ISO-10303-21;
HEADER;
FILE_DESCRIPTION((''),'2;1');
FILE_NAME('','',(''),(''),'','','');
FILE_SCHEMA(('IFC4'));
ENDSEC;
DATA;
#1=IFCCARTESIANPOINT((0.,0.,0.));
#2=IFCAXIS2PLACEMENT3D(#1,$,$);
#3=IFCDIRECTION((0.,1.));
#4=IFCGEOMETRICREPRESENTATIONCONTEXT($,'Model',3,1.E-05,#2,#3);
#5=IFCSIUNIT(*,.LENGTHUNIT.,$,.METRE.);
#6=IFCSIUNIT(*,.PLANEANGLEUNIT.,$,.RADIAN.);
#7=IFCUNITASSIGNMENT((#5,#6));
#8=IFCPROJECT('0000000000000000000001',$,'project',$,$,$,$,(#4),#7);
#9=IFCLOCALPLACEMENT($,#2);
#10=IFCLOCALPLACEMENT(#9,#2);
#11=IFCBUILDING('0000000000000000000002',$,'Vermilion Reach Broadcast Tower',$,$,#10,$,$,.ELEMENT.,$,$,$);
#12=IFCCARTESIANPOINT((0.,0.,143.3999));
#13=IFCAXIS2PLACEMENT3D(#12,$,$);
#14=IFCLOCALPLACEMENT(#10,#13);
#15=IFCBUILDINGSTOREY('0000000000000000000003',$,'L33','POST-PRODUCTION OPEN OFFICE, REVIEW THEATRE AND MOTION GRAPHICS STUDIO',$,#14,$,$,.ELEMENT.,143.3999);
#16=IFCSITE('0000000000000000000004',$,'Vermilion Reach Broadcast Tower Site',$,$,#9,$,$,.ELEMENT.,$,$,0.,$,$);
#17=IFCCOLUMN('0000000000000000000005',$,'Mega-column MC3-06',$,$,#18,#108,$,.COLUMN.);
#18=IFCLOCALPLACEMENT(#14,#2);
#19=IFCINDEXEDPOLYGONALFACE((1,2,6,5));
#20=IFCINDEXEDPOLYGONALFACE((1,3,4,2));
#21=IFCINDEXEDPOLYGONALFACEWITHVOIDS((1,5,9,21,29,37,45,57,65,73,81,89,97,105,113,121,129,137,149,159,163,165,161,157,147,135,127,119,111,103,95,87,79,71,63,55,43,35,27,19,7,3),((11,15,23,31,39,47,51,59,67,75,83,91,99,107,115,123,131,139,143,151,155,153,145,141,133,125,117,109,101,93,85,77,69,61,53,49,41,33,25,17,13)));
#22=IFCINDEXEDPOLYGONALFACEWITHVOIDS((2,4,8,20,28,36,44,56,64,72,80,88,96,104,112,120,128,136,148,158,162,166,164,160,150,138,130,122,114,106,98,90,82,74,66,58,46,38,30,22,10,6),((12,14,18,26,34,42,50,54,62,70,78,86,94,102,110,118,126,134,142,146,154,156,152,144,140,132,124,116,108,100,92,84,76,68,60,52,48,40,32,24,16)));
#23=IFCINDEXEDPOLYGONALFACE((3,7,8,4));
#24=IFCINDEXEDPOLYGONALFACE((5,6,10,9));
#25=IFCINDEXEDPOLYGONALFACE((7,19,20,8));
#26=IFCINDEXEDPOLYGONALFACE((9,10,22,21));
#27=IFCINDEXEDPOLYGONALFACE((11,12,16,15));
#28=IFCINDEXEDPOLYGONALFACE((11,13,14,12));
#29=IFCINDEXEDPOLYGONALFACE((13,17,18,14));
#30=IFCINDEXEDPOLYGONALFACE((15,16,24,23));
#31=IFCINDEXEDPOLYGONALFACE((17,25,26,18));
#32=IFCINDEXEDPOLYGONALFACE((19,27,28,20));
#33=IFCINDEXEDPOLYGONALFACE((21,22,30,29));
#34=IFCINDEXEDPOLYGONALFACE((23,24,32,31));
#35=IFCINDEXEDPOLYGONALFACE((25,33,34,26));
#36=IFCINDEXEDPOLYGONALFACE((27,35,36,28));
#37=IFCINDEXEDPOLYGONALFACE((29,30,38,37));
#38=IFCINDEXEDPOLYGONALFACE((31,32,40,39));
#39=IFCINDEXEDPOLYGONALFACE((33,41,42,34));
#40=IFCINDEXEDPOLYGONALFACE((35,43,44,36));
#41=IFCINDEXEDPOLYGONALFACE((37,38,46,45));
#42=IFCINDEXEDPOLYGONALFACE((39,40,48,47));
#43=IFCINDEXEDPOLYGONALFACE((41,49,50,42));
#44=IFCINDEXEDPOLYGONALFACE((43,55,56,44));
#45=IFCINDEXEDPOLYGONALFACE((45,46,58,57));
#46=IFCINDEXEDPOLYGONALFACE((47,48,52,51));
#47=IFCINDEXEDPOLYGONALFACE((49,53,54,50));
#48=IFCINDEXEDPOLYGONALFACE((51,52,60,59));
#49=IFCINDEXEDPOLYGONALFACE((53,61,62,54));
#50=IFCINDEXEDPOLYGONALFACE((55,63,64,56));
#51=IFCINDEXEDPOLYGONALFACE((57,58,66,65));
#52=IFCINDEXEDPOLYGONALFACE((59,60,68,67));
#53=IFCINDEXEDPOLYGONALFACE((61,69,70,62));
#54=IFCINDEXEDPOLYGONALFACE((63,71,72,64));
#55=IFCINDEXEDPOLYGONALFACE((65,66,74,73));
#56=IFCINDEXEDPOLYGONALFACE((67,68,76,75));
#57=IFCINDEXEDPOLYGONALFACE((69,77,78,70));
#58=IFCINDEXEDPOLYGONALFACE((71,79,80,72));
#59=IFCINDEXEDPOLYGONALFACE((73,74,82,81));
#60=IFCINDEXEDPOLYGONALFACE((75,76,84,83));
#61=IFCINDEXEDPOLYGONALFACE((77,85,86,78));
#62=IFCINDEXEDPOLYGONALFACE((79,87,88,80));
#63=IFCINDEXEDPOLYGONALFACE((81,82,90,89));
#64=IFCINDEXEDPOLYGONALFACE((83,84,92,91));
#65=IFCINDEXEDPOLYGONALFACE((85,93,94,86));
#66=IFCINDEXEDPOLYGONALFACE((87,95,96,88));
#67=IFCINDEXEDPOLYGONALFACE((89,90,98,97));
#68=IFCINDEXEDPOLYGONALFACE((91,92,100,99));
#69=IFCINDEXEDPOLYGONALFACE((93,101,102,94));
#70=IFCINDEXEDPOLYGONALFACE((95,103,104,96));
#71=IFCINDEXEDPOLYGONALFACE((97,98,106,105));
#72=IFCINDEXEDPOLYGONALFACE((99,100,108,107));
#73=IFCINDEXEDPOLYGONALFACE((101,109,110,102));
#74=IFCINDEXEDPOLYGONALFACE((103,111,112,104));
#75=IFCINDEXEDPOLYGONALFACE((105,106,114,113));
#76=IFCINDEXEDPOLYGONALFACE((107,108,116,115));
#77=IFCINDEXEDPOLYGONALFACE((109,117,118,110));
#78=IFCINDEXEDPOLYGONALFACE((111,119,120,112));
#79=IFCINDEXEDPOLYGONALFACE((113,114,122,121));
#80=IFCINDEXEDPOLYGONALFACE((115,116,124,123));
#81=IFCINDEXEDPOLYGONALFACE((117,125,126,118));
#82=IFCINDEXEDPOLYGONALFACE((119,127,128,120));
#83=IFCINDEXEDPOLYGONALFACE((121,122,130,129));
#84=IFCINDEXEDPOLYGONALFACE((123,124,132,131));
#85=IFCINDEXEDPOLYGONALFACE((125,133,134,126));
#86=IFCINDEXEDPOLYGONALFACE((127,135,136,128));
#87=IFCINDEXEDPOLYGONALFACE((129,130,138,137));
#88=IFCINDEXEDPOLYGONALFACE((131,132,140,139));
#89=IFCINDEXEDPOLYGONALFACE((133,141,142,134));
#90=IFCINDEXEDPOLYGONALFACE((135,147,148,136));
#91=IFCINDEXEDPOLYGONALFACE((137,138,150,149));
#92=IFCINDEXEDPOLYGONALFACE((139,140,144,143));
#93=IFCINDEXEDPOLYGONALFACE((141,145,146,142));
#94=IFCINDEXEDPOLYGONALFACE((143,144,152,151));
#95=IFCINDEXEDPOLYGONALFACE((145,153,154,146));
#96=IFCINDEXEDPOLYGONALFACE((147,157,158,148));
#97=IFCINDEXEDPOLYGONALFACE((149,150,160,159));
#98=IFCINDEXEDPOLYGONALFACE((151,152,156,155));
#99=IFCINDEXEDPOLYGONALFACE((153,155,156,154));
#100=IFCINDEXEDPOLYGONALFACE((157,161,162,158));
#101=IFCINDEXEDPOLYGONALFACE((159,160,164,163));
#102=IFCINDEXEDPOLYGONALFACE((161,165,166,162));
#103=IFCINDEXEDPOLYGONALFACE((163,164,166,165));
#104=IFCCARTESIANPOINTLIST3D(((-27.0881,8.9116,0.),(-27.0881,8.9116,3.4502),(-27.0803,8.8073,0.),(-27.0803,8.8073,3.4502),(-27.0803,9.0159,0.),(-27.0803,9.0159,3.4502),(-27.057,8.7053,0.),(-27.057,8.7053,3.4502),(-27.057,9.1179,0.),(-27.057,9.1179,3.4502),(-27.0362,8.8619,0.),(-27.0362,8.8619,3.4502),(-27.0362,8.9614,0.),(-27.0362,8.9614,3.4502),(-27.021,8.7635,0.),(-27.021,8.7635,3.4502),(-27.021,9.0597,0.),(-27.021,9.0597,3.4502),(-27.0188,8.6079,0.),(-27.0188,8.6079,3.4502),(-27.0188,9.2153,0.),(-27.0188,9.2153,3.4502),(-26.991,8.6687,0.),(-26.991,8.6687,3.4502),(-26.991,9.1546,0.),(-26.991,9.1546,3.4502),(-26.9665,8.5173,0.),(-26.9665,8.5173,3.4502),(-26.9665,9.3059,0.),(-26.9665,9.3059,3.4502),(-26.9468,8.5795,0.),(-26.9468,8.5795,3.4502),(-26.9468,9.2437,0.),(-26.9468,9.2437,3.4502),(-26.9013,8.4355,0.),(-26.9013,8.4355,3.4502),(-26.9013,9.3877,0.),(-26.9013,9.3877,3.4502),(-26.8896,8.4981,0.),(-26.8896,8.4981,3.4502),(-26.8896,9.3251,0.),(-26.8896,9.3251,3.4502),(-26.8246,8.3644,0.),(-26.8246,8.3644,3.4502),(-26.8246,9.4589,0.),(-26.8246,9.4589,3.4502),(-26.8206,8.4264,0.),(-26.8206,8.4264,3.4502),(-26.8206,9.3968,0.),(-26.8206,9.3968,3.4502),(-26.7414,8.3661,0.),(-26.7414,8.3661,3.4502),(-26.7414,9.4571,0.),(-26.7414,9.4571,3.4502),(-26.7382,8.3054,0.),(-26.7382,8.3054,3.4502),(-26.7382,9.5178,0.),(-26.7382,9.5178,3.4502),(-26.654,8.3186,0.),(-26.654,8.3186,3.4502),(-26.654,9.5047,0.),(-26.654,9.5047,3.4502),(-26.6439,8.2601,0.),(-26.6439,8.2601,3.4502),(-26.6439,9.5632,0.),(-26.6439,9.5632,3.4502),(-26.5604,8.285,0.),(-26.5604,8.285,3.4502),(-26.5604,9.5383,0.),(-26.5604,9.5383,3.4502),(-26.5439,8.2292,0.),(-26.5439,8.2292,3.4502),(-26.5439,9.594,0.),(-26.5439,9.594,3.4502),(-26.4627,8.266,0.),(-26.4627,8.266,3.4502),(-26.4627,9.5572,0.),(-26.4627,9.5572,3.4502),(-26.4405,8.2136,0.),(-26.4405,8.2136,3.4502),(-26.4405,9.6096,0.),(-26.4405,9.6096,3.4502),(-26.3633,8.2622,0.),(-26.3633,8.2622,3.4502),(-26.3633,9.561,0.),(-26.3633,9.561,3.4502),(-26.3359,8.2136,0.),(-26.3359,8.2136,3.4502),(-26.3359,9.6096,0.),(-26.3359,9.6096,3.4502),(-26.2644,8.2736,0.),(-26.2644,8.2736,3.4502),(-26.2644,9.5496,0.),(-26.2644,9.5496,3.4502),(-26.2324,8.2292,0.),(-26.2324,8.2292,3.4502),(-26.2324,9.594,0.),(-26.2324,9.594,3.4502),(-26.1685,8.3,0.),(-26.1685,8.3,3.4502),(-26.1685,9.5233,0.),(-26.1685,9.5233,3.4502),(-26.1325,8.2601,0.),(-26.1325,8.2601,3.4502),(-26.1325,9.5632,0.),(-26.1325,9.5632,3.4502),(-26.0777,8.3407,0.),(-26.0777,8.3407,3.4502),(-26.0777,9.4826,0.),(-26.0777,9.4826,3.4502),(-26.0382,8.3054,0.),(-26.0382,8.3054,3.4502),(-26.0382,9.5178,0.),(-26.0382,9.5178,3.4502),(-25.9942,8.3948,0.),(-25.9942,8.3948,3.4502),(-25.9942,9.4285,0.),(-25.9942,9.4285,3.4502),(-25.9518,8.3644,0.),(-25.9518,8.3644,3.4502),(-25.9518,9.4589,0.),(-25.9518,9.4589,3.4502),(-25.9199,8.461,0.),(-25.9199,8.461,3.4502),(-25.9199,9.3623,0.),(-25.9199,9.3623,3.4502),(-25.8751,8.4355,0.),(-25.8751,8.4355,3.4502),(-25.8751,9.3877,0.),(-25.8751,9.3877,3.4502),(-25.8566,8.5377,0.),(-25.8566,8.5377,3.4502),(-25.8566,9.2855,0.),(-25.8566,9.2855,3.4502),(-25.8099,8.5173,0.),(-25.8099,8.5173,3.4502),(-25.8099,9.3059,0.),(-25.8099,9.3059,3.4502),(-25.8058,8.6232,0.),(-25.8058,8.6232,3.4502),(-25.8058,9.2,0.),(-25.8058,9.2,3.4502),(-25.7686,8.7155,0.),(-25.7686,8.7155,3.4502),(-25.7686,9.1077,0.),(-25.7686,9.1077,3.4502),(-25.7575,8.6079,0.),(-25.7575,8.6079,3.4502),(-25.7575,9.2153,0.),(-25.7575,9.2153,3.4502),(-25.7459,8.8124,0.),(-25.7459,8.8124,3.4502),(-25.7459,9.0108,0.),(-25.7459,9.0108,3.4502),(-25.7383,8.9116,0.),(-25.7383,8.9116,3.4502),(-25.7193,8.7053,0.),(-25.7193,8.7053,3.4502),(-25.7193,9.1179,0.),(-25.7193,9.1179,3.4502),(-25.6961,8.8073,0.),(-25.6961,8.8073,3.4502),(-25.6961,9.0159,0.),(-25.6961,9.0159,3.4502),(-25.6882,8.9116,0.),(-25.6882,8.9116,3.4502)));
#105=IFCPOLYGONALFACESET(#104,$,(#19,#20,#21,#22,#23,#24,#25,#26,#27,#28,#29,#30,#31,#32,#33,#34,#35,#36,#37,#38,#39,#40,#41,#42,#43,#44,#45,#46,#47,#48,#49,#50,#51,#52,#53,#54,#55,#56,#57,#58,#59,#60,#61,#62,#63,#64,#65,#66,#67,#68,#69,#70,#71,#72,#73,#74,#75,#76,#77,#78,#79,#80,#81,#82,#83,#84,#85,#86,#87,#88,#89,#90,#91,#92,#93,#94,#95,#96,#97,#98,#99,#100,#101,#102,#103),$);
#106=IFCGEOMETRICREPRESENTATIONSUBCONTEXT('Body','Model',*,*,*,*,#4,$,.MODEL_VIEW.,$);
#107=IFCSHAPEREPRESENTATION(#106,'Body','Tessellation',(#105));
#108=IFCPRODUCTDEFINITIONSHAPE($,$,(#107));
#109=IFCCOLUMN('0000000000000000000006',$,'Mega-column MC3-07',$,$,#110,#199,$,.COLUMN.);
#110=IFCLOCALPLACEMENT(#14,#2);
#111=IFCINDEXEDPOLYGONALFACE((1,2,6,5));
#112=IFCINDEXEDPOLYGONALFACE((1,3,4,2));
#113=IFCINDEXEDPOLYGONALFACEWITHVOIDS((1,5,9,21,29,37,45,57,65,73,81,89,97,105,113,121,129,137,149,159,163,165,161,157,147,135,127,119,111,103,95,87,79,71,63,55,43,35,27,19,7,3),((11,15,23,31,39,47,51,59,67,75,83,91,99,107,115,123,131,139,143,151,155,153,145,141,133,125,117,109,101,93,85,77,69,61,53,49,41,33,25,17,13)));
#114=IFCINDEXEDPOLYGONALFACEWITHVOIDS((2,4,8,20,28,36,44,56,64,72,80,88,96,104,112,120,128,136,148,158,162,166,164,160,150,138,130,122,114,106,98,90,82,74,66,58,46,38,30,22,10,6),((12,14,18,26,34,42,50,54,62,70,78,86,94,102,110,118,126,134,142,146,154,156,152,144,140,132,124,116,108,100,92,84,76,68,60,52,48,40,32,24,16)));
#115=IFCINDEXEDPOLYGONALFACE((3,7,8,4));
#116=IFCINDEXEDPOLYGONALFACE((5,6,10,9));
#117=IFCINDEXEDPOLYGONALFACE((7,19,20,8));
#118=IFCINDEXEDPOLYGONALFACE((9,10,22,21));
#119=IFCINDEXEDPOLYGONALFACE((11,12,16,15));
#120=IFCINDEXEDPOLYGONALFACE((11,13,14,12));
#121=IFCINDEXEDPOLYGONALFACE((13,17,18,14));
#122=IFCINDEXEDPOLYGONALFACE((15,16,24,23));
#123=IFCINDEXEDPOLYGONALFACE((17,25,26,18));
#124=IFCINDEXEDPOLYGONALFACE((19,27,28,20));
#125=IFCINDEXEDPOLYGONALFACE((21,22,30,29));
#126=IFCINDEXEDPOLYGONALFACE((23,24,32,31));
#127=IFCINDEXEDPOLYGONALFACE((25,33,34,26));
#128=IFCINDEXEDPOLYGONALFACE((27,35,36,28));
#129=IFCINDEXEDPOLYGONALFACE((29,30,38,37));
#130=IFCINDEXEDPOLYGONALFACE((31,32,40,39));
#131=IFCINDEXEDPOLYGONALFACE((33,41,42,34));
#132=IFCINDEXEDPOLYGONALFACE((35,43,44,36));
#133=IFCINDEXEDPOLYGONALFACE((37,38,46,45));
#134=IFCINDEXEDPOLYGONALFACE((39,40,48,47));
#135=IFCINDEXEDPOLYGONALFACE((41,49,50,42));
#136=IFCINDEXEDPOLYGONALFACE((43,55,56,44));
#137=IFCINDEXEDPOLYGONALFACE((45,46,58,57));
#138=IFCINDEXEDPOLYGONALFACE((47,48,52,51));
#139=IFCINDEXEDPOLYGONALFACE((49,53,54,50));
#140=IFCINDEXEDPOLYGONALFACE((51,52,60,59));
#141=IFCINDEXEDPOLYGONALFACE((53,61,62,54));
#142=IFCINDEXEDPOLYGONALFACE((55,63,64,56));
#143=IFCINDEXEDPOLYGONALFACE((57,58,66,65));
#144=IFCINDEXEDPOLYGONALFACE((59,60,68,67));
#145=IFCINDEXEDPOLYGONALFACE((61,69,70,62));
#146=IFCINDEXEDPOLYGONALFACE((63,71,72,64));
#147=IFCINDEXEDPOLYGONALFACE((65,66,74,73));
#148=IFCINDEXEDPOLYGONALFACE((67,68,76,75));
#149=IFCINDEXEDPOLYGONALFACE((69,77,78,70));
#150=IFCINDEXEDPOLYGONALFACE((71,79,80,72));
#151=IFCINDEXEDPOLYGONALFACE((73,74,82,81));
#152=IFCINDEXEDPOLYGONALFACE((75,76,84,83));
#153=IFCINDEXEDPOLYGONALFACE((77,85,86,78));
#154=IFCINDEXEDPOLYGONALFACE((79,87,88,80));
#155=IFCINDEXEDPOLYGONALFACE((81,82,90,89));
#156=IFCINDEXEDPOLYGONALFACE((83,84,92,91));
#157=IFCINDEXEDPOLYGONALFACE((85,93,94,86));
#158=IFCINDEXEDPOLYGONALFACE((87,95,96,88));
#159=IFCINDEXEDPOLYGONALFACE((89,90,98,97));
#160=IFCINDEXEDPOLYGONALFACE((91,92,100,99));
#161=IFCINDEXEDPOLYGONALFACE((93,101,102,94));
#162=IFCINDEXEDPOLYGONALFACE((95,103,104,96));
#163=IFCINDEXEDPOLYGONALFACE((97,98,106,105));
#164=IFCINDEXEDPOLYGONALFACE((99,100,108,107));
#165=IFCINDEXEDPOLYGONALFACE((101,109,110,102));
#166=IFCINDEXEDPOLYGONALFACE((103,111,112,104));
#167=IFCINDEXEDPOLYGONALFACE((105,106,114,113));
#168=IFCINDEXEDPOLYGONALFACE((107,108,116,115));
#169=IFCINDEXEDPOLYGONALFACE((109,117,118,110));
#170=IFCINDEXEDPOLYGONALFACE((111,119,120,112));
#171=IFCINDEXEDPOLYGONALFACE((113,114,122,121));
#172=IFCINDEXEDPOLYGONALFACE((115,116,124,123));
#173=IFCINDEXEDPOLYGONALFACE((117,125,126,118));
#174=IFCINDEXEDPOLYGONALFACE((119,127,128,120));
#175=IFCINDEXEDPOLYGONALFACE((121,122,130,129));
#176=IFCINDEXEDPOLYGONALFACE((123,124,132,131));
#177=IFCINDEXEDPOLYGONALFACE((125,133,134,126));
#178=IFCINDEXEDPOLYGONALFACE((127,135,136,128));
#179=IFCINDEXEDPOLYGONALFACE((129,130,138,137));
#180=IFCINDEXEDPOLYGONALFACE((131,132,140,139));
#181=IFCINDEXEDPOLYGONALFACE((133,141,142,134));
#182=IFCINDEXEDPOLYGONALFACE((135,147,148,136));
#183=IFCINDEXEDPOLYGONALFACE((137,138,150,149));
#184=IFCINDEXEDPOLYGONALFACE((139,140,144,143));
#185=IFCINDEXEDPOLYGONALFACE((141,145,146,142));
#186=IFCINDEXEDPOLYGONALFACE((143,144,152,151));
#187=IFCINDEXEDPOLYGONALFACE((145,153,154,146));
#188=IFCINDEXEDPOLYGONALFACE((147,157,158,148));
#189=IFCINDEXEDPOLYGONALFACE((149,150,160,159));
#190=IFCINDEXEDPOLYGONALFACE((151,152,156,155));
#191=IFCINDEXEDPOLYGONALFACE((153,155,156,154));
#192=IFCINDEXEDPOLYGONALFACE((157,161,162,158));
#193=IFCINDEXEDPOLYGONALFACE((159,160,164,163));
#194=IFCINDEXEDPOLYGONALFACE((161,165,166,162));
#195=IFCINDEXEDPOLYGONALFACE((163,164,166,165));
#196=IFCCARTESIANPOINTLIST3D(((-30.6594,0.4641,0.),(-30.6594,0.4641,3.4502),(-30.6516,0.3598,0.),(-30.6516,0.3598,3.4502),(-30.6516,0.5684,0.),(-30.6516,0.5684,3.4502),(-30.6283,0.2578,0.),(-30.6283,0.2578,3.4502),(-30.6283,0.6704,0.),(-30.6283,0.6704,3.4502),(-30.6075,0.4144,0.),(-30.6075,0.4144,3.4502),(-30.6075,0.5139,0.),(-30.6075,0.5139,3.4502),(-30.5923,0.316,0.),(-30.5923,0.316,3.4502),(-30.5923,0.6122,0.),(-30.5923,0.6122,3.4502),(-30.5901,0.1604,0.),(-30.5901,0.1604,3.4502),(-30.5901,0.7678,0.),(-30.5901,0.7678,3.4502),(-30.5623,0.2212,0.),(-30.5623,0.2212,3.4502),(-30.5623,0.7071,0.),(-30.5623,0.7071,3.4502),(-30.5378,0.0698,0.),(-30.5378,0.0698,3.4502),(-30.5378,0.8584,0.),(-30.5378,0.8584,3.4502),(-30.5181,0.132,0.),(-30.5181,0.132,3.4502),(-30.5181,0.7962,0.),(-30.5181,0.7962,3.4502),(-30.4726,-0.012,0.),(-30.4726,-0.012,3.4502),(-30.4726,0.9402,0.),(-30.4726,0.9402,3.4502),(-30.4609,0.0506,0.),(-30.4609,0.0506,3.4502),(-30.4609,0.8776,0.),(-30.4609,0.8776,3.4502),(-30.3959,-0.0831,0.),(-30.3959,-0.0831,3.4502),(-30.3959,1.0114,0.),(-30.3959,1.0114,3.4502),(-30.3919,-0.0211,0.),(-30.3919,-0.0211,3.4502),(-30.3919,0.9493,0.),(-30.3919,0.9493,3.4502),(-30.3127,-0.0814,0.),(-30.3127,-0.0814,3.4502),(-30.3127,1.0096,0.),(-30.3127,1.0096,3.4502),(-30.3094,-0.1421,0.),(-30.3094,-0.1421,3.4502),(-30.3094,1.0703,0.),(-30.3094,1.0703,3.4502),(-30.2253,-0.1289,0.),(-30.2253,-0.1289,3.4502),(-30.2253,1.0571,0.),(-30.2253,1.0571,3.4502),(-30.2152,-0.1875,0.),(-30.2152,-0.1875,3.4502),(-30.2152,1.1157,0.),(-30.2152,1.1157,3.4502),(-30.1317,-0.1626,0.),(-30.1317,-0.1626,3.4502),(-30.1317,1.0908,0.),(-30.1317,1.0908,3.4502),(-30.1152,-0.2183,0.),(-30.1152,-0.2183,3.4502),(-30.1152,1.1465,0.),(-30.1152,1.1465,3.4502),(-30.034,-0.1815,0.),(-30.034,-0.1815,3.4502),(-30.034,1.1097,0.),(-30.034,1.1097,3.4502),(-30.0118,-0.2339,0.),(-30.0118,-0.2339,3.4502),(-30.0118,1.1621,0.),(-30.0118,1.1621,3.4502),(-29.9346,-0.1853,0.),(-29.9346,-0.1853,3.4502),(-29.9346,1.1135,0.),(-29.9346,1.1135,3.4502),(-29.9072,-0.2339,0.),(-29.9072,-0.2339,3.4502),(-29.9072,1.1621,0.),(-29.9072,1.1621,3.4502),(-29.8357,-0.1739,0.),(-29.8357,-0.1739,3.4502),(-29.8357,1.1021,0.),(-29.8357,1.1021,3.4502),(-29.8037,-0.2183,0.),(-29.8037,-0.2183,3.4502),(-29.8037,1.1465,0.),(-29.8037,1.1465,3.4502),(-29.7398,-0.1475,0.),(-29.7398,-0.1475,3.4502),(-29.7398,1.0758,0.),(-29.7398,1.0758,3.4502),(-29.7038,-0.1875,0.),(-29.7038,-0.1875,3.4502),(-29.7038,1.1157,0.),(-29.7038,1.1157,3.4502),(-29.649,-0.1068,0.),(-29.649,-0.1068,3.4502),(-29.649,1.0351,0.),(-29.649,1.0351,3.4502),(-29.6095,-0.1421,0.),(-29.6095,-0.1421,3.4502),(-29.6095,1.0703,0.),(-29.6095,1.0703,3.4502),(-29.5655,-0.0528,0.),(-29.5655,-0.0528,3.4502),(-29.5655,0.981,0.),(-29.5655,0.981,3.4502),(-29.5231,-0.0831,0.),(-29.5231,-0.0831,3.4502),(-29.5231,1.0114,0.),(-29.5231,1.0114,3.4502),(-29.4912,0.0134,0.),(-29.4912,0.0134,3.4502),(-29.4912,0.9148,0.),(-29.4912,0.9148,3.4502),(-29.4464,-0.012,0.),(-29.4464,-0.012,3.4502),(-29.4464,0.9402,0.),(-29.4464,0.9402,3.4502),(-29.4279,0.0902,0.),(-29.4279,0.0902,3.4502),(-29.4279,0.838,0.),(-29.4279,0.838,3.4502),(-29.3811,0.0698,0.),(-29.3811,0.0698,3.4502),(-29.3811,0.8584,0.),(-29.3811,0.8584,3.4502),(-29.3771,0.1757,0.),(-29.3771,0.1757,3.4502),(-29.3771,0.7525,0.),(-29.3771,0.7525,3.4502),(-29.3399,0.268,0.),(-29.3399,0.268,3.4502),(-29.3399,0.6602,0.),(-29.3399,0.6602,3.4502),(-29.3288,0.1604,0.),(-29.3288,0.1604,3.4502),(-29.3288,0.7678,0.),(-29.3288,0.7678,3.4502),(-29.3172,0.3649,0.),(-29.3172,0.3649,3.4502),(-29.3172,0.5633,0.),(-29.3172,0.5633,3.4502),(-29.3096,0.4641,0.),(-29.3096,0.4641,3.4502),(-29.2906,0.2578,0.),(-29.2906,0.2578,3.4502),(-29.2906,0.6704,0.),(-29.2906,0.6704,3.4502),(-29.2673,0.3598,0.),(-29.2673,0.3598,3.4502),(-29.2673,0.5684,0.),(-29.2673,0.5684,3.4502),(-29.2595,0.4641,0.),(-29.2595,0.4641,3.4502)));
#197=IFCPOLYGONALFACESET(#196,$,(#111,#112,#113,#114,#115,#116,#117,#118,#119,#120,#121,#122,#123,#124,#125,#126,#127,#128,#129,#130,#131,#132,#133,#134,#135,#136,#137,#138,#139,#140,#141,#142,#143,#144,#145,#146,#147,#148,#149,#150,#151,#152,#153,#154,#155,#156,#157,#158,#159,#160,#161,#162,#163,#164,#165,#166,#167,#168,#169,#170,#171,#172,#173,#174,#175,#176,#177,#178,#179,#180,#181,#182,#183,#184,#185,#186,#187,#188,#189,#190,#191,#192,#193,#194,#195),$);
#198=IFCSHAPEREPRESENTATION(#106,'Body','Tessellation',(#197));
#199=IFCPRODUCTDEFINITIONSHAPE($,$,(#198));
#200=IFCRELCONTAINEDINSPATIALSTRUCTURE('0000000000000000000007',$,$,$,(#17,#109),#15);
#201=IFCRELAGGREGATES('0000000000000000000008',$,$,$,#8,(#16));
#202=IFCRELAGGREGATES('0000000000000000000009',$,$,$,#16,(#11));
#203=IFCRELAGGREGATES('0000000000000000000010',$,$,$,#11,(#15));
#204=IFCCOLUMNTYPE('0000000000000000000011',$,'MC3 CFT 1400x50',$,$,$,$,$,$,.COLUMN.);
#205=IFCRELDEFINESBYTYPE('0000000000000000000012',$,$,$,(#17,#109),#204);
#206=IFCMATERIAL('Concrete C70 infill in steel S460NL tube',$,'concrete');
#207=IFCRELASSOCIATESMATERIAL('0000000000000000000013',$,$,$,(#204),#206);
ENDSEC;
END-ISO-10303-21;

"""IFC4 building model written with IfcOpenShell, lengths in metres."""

from ifc_helpers import new_model, si_unit, direction, frame, origin, origin_2d, place, context, subcontext, project, spatial, hollow_circle, extrude, material, material_profile, profile_set, type_object, element, save


model = new_model("IFC4")

# Units and contexts
model_context = context("Model", 3, precision=1e-05, world=origin(), true_north=direction((0.0, 1.0)))
body_context = subcontext(model_context, "Body", "Model", "MODEL_VIEW")
ifc_project = project(units=[si_unit("LENGTHUNIT", "METRE"), si_unit("PLANEANGLEUNIT", "RADIAN")], contexts=[model_context])

# Site, building, storey
site_placement = place(None, origin())
site = spatial("IfcSite", under=ifc_project, at=site_placement, Name="Vermilion Reach Broadcast Tower Site", CompositionType="ELEMENT", RefElevation=0.0)
building_placement = place(site_placement, origin())
building = spatial("IfcBuilding", under=site, at=building_placement, Name="Vermilion Reach Broadcast Tower", CompositionType="ELEMENT")
storey_placement = place(building_placement, frame((0.0, 0.0, 143.3999)))
storey = spatial("IfcBuildingStorey", under=building, at=storey_placement, Name="L33", Description="POST-PRODUCTION OPEN OFFICE, REVIEW THEATRE AND MOTION GRAPHICS STUDIO", CompositionType="ELEMENT", Elevation=143.3999)

# Columns
ifc_material_1 = material(Name="Concrete C70 infill in steel S460NL tube", Category="concrete")
ifc_material_profile_1 = material_profile(ifc_material_1, hollow_circle(Radius=0.7, WallThickness=0.05, at=origin_2d()), Name="Concrete C70 infill in steel S460NL tube CFT 1400x50")
ifc_profile_set_1 = profile_set([ifc_material_profile_1], Name="Concrete C70 infill in steel S460NL tube")
column_type = type_object("IfcColumnType", Name="MC3 CFT 1400x50", PredefinedType="COLUMN", material=ifc_profile_set_1)
for number, where, z_axis, x_axis, name in (
    (1, (-26.3882, 8.9116, 0.0), (0.0, 0.0, 1.0), (1.0, 0.0, 0.0), "Mega-column MC3-06"),
    (2, (-29.9595, 0.4641, 0.0), (0.0, 0.0, 1.0), (1.0, 0.0, 0.0), "Mega-column MC3-07"),
):
    element("IfcColumn", number, at=place(storey_placement, frame(where, z_axis=z_axis, x_axis=x_axis)), inside=storey, type_object=column_type, Name=name, PredefinedType="COLUMN", context=body_context, shape_type="SweptSolid", body=[
        extrude(hollow_circle(Radius=0.7, WallThickness=0.05, at=origin_2d()), origin(), (0.0, 0.0, 1.0), 3.4502),
    ])

save(model, "model.ifc")
